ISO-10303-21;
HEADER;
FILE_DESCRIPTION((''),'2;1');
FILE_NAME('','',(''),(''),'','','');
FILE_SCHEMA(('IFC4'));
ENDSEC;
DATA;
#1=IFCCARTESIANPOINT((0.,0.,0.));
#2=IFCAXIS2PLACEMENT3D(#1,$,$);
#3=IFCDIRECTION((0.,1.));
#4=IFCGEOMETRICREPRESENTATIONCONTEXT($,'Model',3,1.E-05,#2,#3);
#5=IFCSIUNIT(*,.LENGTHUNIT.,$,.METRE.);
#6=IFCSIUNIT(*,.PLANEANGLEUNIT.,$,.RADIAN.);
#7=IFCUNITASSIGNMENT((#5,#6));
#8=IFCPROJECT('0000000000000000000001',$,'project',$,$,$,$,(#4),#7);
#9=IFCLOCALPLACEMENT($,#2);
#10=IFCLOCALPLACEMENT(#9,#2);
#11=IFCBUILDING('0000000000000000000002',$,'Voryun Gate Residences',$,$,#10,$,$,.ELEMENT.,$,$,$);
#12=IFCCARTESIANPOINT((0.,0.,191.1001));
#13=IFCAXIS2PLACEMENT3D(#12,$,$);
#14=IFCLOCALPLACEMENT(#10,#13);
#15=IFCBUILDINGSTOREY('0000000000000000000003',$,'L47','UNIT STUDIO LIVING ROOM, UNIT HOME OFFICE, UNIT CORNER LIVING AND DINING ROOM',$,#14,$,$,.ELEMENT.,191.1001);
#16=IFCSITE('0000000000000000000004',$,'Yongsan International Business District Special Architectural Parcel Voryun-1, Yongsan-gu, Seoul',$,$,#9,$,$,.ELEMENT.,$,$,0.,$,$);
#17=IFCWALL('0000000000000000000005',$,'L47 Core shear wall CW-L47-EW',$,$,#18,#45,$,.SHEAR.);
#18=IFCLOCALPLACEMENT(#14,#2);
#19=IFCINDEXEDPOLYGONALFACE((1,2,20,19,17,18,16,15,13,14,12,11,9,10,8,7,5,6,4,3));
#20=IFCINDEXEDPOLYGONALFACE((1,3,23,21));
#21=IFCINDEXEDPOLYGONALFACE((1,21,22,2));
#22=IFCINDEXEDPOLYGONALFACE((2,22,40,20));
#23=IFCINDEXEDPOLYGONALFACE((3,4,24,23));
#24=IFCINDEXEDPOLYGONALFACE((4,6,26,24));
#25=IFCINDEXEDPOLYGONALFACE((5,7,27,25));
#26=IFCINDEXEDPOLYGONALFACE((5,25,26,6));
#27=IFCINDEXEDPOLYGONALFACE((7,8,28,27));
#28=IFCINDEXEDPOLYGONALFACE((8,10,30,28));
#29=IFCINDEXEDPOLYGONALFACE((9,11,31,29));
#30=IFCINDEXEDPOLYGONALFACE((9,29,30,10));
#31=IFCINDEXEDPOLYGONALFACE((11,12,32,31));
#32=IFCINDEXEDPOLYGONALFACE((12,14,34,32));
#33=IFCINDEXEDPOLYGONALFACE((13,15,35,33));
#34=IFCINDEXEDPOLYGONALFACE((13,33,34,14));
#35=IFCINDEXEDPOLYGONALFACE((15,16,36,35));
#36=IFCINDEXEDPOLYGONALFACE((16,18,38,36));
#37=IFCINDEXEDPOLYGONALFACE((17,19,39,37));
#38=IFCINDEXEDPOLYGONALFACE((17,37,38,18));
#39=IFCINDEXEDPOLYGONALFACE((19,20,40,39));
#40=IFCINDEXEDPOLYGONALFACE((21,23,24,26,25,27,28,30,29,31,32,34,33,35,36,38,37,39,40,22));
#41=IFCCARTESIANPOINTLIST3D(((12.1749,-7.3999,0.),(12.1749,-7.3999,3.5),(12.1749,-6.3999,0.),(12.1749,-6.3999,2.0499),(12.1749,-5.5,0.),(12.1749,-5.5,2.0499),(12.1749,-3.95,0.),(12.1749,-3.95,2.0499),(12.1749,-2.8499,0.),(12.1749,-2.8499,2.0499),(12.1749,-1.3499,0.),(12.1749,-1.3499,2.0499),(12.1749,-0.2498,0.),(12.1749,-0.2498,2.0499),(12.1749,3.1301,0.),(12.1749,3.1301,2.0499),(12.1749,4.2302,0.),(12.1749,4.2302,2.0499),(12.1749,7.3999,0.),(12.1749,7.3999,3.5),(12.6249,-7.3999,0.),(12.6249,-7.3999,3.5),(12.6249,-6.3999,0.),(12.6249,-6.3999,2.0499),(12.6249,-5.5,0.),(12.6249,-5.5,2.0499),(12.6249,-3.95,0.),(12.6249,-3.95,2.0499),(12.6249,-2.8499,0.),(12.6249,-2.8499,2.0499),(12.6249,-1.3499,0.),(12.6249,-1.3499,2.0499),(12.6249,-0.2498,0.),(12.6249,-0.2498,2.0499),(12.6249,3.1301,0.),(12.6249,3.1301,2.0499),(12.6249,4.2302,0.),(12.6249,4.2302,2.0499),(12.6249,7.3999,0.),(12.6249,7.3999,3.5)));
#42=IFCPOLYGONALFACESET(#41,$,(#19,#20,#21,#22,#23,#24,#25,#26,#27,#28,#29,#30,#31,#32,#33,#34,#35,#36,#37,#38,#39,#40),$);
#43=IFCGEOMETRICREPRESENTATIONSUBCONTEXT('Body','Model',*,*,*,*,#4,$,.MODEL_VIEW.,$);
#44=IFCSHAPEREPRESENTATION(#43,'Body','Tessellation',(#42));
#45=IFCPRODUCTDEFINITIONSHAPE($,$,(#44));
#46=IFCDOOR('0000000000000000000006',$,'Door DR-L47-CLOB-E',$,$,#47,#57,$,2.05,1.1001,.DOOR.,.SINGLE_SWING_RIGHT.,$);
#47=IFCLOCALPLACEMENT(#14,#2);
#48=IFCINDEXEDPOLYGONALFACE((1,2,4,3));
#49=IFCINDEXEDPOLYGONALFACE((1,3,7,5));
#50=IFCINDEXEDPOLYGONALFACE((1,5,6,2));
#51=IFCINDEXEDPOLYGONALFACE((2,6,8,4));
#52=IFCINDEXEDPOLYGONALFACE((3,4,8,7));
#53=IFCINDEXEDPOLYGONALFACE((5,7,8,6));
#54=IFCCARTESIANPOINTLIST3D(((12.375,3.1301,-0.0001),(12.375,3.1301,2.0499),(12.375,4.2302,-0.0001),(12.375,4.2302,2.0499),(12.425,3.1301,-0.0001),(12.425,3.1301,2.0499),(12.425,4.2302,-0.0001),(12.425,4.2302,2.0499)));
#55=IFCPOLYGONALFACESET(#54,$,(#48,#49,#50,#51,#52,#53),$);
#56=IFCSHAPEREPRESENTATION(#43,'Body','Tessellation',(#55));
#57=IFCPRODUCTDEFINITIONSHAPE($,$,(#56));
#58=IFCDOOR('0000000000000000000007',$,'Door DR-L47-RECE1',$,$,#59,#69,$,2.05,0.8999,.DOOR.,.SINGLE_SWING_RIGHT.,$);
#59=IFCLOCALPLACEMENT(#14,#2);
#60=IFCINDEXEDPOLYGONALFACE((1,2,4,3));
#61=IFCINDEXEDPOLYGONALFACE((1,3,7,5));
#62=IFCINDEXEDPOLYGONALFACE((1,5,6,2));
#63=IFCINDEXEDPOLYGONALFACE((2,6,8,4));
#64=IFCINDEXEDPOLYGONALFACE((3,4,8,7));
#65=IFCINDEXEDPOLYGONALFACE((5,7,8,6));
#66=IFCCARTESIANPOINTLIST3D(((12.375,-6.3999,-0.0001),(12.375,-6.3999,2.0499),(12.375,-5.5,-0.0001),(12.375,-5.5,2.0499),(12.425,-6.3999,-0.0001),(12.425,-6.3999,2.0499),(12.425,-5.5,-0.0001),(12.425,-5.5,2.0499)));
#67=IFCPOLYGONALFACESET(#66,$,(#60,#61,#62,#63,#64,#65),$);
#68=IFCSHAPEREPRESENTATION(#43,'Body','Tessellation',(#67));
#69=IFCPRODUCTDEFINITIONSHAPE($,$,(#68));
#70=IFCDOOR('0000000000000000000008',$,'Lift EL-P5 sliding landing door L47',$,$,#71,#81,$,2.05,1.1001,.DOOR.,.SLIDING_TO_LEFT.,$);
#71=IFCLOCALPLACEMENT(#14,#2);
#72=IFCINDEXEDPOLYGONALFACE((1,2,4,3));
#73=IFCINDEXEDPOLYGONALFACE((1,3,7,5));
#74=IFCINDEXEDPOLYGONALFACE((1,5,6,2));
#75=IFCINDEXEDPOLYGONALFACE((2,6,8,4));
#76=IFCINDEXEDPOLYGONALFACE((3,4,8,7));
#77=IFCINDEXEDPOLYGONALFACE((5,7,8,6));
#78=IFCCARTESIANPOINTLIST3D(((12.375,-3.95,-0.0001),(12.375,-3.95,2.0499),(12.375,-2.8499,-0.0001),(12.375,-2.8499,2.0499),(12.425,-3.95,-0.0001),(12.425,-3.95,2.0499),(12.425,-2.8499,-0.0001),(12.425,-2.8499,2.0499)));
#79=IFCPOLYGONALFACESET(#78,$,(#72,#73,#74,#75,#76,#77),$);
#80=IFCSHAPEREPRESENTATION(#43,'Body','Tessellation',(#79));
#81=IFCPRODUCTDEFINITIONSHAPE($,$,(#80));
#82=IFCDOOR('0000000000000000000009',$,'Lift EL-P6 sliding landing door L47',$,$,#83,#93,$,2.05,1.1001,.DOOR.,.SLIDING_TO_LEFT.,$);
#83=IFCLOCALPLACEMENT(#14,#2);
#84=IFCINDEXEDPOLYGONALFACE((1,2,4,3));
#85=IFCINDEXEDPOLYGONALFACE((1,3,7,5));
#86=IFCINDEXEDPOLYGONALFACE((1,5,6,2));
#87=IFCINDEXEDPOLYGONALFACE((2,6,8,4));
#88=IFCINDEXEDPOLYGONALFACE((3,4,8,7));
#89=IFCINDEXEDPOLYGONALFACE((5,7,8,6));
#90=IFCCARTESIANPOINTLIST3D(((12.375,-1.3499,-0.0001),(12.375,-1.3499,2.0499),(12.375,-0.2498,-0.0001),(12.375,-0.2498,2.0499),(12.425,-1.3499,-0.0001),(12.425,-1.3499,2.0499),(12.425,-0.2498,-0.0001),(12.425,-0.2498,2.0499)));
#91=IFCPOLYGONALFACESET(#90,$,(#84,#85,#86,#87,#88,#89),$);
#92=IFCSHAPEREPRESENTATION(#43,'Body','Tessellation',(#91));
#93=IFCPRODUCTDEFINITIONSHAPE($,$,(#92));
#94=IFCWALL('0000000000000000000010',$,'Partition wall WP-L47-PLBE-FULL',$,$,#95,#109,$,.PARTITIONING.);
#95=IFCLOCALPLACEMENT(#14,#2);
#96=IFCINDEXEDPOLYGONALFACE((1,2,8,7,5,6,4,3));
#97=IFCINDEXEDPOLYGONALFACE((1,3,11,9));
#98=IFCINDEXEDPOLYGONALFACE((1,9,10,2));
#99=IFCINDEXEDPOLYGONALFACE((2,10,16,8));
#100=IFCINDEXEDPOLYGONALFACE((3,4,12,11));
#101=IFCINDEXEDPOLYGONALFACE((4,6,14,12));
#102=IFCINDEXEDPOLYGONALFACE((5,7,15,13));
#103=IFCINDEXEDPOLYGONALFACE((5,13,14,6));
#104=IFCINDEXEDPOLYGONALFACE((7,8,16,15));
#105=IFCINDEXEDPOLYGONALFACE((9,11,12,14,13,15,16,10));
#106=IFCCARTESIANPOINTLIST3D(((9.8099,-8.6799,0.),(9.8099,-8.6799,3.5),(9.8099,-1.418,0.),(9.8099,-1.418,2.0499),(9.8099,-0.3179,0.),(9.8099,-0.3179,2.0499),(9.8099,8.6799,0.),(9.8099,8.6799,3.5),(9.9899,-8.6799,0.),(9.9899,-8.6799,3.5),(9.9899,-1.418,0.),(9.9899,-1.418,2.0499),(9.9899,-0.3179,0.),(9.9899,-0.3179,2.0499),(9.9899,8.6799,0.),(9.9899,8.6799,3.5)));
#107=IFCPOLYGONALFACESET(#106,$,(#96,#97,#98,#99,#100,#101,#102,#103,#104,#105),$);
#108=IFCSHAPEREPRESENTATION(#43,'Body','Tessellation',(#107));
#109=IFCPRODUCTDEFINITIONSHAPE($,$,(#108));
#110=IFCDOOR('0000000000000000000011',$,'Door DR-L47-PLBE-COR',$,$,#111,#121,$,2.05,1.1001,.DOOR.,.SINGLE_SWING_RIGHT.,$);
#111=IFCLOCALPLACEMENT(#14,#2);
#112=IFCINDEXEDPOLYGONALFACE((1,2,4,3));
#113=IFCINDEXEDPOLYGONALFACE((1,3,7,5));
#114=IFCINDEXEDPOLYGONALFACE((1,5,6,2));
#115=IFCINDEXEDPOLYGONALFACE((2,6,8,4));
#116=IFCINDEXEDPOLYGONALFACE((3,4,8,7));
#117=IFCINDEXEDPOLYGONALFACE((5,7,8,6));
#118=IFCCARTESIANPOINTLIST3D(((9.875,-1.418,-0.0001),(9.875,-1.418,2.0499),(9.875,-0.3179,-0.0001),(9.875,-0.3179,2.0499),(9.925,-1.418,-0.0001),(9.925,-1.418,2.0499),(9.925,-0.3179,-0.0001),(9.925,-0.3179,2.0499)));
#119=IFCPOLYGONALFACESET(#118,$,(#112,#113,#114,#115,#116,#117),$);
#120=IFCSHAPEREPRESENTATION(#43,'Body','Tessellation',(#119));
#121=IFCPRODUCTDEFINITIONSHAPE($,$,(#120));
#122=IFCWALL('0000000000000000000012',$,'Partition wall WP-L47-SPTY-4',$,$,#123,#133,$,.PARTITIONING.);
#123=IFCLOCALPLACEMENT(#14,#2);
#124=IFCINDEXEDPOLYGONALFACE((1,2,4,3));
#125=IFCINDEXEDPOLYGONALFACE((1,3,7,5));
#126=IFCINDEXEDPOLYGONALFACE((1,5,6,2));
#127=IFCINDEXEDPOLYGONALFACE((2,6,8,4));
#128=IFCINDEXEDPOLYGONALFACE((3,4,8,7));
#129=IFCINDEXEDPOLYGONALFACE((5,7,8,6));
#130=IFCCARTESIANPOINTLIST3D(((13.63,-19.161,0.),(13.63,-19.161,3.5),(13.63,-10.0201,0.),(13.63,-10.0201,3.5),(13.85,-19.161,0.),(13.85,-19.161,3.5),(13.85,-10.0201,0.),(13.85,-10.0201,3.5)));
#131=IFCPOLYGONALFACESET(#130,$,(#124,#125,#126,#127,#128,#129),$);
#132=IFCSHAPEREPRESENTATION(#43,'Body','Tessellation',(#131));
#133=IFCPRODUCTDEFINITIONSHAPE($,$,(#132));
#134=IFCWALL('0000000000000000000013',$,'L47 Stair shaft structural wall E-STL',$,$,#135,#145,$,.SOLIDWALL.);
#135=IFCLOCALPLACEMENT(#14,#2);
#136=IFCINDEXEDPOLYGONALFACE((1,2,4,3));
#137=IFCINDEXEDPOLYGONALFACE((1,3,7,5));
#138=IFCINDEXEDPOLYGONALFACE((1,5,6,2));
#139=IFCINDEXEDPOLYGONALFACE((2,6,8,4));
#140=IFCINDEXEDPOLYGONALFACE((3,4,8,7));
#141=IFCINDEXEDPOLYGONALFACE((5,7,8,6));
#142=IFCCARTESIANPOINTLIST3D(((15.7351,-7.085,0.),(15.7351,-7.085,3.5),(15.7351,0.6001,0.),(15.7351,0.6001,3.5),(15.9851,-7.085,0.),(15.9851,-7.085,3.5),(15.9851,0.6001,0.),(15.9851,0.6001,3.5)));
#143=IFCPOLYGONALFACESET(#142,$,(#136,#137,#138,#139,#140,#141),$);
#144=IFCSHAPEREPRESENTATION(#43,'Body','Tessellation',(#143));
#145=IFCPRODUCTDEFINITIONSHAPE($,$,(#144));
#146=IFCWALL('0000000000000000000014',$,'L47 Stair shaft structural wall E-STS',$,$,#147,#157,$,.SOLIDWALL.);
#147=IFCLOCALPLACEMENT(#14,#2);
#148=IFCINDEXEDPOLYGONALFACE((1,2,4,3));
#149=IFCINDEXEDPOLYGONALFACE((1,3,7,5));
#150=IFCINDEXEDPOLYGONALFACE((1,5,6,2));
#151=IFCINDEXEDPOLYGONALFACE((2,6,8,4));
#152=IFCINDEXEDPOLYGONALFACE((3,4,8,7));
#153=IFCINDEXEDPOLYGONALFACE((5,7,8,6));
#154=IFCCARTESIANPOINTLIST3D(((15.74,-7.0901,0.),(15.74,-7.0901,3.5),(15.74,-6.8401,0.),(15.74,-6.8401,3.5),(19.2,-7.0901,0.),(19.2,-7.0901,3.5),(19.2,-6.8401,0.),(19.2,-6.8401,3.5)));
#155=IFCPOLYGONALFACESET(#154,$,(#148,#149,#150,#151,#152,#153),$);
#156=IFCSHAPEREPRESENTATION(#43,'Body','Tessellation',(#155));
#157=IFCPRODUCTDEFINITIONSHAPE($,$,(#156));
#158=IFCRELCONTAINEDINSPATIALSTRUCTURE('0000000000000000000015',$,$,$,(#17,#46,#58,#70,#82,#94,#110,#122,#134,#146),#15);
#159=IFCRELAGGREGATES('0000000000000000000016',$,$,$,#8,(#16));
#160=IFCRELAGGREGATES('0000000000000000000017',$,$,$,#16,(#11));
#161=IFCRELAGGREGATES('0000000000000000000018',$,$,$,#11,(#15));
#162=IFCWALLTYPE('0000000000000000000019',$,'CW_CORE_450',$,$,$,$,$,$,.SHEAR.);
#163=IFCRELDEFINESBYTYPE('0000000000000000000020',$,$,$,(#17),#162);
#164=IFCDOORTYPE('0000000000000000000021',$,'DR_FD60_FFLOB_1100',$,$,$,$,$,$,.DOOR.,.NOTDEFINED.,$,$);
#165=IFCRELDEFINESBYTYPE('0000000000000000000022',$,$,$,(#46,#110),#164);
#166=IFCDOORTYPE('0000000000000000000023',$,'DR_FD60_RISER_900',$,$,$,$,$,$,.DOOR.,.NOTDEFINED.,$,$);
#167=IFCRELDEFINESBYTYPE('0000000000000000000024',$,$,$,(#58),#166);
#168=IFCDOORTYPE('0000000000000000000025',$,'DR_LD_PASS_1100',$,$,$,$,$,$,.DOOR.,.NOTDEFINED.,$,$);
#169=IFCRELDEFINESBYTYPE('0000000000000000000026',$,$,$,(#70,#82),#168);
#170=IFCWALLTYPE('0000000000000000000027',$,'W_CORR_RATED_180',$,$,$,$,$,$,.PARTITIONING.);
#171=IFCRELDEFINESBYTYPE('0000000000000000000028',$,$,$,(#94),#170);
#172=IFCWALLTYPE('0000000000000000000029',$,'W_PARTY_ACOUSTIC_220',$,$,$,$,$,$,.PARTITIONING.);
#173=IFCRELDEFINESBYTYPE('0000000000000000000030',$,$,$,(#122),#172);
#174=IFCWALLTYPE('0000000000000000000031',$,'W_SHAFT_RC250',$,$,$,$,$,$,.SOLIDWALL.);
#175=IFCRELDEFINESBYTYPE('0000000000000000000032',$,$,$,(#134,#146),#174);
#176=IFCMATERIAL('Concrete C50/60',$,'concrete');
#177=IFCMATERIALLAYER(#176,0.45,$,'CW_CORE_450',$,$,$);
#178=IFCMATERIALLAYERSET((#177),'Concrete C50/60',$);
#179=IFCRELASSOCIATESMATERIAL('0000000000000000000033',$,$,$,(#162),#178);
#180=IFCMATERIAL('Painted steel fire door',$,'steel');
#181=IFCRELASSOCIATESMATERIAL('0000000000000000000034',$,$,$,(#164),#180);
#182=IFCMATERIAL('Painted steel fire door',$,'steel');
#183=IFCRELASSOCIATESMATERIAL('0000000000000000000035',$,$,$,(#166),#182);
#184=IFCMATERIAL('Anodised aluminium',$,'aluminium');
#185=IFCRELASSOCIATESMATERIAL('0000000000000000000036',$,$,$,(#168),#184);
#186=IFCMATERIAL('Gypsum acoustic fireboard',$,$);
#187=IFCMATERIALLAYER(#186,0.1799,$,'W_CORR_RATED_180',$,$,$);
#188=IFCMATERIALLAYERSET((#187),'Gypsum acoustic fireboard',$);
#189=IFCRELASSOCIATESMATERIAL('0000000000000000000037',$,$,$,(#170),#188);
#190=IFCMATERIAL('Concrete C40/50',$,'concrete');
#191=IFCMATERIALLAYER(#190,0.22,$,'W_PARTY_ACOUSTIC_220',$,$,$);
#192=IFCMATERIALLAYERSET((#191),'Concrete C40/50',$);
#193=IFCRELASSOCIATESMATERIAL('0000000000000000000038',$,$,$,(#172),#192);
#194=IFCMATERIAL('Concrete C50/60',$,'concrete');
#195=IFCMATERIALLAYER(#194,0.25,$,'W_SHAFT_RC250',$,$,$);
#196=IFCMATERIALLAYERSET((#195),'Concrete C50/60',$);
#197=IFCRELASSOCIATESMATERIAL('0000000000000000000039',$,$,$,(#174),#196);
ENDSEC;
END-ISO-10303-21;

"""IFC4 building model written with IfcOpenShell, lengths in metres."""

from ifc_helpers import new_model, si_unit, direction, frame, frame_2d, origin, place, context, subcontext, project, spatial, rectangle, extrude, material, layer, layer_set, type_object, element, fill, save


model = new_model("IFC4")

# Units and contexts
model_context = context("Model", 3, precision=1e-05, world=origin(), true_north=direction((0.0, 1.0)))
body_context = subcontext(model_context, "Body", "Model", "MODEL_VIEW")
ifc_project = project(units=[si_unit("LENGTHUNIT", "METRE"), si_unit("PLANEANGLEUNIT", "RADIAN")], contexts=[model_context])

# Site, building, storey
site_placement = place(None, origin())
site = spatial("IfcSite", under=ifc_project, at=site_placement, Name="Yongsan International Business District Special Architectural Parcel Voryun-1, Yongsan-gu, Seoul", CompositionType="ELEMENT", RefElevation=0.0)
building_placement = place(site_placement, origin())
building = spatial("IfcBuilding", under=site, at=building_placement, Name="Voryun Gate Residences", CompositionType="ELEMENT")
storey_placement = place(building_placement, frame((0.0, 0.0, 191.1001)))
storey = spatial("IfcBuildingStorey", under=building, at=storey_placement, Name="L47", Description="UNIT STUDIO LIVING ROOM, UNIT HOME OFFICE, UNIT CORNER LIVING AND DINING ROOM", CompositionType="ELEMENT", Elevation=191.1001)

# Shared definitions
ifc_material_1 = material(Name="Concrete C50/60", Category="concrete")
ifc_layer_1 = layer(ifc_material_1, 0.45, Name="CW_CORE_450")
ifc_layer_set_1 = layer_set([ifc_layer_1], Name="Concrete C50/60")
wall_type_1 = type_object("IfcWallType", Name="CW_CORE_450", PredefinedType="SHEAR", material=ifc_layer_set_1)

# Wall, openings, doors
wall_1_placement = place(storey_placement, frame((12.3999, -7.3999, 0.0), z_axis=(0.0, 0.0, 1.0), x_axis=(0.0, 1.0, 0.0)))
wall_1 = element("IfcWall", 1, at=wall_1_placement, inside=storey, type_object=wall_type_1, Name="L47 Core shear wall CW-L47-EW", PredefinedType="SHEAR", context=body_context, shape_type="SweptSolid", body=[
    extrude(rectangle(XDim=14.7998, YDim=0.45, at=frame_2d((7.3999, 0.0))), origin(), (0.0, 0.0, 1.0), 3.5),
])
opening_1_placement = place(wall_1_placement, frame((3.45, 0.0, 0.0)))
opening_1 = element("IfcOpeningElement", 2, at=opening_1_placement, cuts=wall_1, PredefinedType="OPENING", context=body_context, shape_type="SweptSolid", body=[
    extrude(rectangle(XDim=1.1001, YDim=2.05, at=frame_2d((0.55, 1.0249))), frame((0.0, 0.2351, 0.0), z_axis=(0.0, -1.0, 0.0), x_axis=(1.0, 0.0, 0.0)), (0.0, 0.0, 1.0), 0.47),
])
opening_2_placement = place(wall_1_placement, frame((6.05, 0.0, 0.0)))
opening_2 = element("IfcOpeningElement", 3, at=opening_2_placement, cuts=wall_1, PredefinedType="OPENING", context=body_context, shape_type="SweptSolid", body=[
    extrude(rectangle(XDim=1.1001, YDim=2.05, at=frame_2d((0.55, 1.0249))), frame((0.0, 0.2351, 0.0), z_axis=(0.0, -1.0, 0.0), x_axis=(1.0, 0.0, 0.0)), (0.0, 0.0, 1.0), 0.47),
])
opening_3_placement = place(wall_1_placement, frame((10.53, 0.0, 0.0)))
opening_3 = element("IfcOpeningElement", 4, at=opening_3_placement, cuts=wall_1, PredefinedType="OPENING", context=body_context, shape_type="SweptSolid", body=[
    extrude(rectangle(XDim=1.1001, YDim=2.05, at=frame_2d((0.55, 1.0249))), frame((0.0, 0.2351, 0.0), z_axis=(0.0, -1.0, 0.0), x_axis=(1.0, 0.0, 0.0)), (0.0, 0.0, 1.0), 0.47),
])
opening_4_placement = place(wall_1_placement, frame((1.0, 0.0, 0.0)))
opening_4 = element("IfcOpeningElement", 5, at=opening_4_placement, cuts=wall_1, PredefinedType="OPENING", context=body_context, shape_type="SweptSolid", body=[
    extrude(rectangle(XDim=0.8999, YDim=2.05, at=frame_2d((0.45, 1.0249))), frame((0.0, 0.2351, 0.0), z_axis=(0.0, -1.0, 0.0), x_axis=(1.0, 0.0, 0.0)), (0.0, 0.0, 1.0), 0.47),
])
ifc_material_2 = material(Name="Painted steel fire door", Category="steel")
door_type_1 = type_object("IfcDoorType", Name="DR_FD60_FFLOB_1100", OperationType="NOTDEFINED", PredefinedType="DOOR", material=ifc_material_2)
door_1_placement = place(opening_3_placement, origin())
door_1 = element("IfcDoor", 6, at=door_1_placement, inside=storey, type_object=door_type_1, Name="Door DR-L47-CLOB-E", OperationType="SINGLE_SWING_RIGHT", OverallHeight=2.05, OverallWidth=1.1001, PredefinedType="DOOR", context=body_context, shape_type="SweptSolid", body=[
    extrude(rectangle(XDim=1.1001, YDim=2.05, at=frame_2d((0.55, 1.0249))), frame((0.0, 0.0249, 0.0), z_axis=(0.0, -1.0, 0.0), x_axis=(1.0, 0.0, 0.0)), (0.0, 0.0, 1.0), 0.05),
])
fill(opening_3, door_1)
ifc_material_3 = material(Name="Painted steel fire door", Category="steel")
door_type_2 = type_object("IfcDoorType", Name="DR_FD60_RISER_900", OperationType="NOTDEFINED", PredefinedType="DOOR", material=ifc_material_3)
door_2_placement = place(opening_4_placement, origin())
door_2 = element("IfcDoor", 7, at=door_2_placement, inside=storey, type_object=door_type_2, Name="Door DR-L47-RECE1", OperationType="SINGLE_SWING_RIGHT", OverallHeight=2.05, OverallWidth=0.8999, PredefinedType="DOOR", context=body_context, shape_type="SweptSolid", body=[
    extrude(rectangle(XDim=0.8999, YDim=2.05, at=frame_2d((0.45, 1.0249))), frame((0.0, 0.0249, 0.0), z_axis=(0.0, -1.0, 0.0), x_axis=(1.0, 0.0, 0.0)), (0.0, 0.0, 1.0), 0.05),
])
fill(opening_4, door_2)
ifc_material_4 = material(Name="Anodised aluminium", Category="aluminium")
door_type_3 = type_object("IfcDoorType", Name="DR_LD_PASS_1100", OperationType="NOTDEFINED", PredefinedType="DOOR", material=ifc_material_4)
door_3_placement = place(opening_1_placement, origin())
door_3 = element("IfcDoor", 8, at=door_3_placement, inside=storey, type_object=door_type_3, Name="Lift EL-P5 sliding landing door L47", OperationType="SLIDING_TO_LEFT", OverallHeight=2.05, OverallWidth=1.1001, PredefinedType="DOOR", context=body_context, shape_type="SweptSolid", body=[
    extrude(rectangle(XDim=1.1001, YDim=2.05, at=frame_2d((0.55, 1.0249))), frame((0.0, 0.0249, 0.0), z_axis=(0.0, -1.0, 0.0), x_axis=(1.0, 0.0, 0.0)), (0.0, 0.0, 1.0), 0.05),
])
fill(opening_1, door_3)
door_4_placement = place(opening_2_placement, origin())
door_4 = element("IfcDoor", 9, at=door_4_placement, inside=storey, type_object=door_type_3, Name="Lift EL-P6 sliding landing door L47", OperationType="SLIDING_TO_LEFT", OverallHeight=2.05, OverallWidth=1.1001, PredefinedType="DOOR", context=body_context, shape_type="SweptSolid", body=[
    extrude(rectangle(XDim=1.1001, YDim=2.05, at=frame_2d((0.55, 1.0249))), frame((0.0, 0.0249, 0.0), z_axis=(0.0, -1.0, 0.0), x_axis=(1.0, 0.0, 0.0)), (0.0, 0.0, 1.0), 0.05),
])
fill(opening_2, door_4)

# Wall, opening, door
ifc_material_5 = material(Name="Gypsum acoustic fireboard")
ifc_layer_2 = layer(ifc_material_5, 0.1799, Name="W_CORR_RATED_180")
ifc_layer_set_2 = layer_set([ifc_layer_2], Name="Gypsum acoustic fireboard")
wall_type_2 = type_object("IfcWallType", Name="W_CORR_RATED_180", PredefinedType="PARTITIONING", material=ifc_layer_set_2)
wall_2_placement = place(storey_placement, frame((9.8999, -8.6799, 0.0), z_axis=(0.0, 0.0, 1.0), x_axis=(0.0, 1.0, 0.0)))
wall_2 = element("IfcWall", 10, at=wall_2_placement, inside=storey, type_object=wall_type_2, Name="Partition wall WP-L47-PLBE-FULL", PredefinedType="PARTITIONING", context=body_context, shape_type="SweptSolid", body=[
    extrude(rectangle(XDim=17.3599, YDim=0.1799, at=frame_2d((8.6799, 0.0))), origin(), (0.0, 0.0, 1.0), 3.5),
])
opening_5_placement = place(wall_2_placement, frame((7.262, 0.0, 0.0)))
opening_5 = element("IfcOpeningElement", 11, at=opening_5_placement, cuts=wall_2, PredefinedType="OPENING", context=body_context, shape_type="SweptSolid", body=[
    extrude(rectangle(XDim=1.1001, YDim=2.05, at=frame_2d((0.55, 1.0249))), frame((0.0, 0.0999, 0.0), z_axis=(0.0, -1.0, 0.0), x_axis=(1.0, 0.0, 0.0)), (0.0, 0.0, 1.0), 0.2),
])
door_5_placement = place(opening_5_placement, origin())
door_5 = element("IfcDoor", 12, at=door_5_placement, inside=storey, type_object=door_type_1, Name="Door DR-L47-PLBE-COR", OperationType="SINGLE_SWING_RIGHT", OverallHeight=2.05, OverallWidth=1.1001, PredefinedType="DOOR", context=body_context, shape_type="SweptSolid", body=[
    extrude(rectangle(XDim=1.1001, YDim=2.05, at=frame_2d((0.55, 1.0249))), frame((0.0, 0.0249, 0.0), z_axis=(0.0, -1.0, 0.0), x_axis=(1.0, 0.0, 0.0)), (0.0, 0.0, 1.0), 0.05),
])
fill(opening_5, door_5)

# Walls
ifc_material_6 = material(Name="Concrete C40/50", Category="concrete")
ifc_layer_3 = layer(ifc_material_6, 0.22, Name="W_PARTY_ACOUSTIC_220")
ifc_layer_set_3 = layer_set([ifc_layer_3], Name="Concrete C40/50")
wall_type_3 = type_object("IfcWallType", Name="W_PARTY_ACOUSTIC_220", PredefinedType="PARTITIONING", material=ifc_layer_set_3)
wall_3_placement = place(storey_placement, frame((13.74, -19.1609, 0.0), z_axis=(0.0, 0.0, 1.0), x_axis=(0.0, 1.0, 0.0)))
element("IfcWall", 13, at=wall_3_placement, inside=storey, type_object=wall_type_3, Name="Partition wall WP-L47-SPTY-4", PredefinedType="PARTITIONING", context=body_context, shape_type="SweptSolid", body=[
    extrude(rectangle(XDim=9.1409, YDim=0.22, at=frame_2d((4.5703, 0.0))), origin(), (0.0, 0.0, 1.0), 3.5),
])
ifc_material_7 = material(Name="Concrete C50/60", Category="concrete")
ifc_layer_4 = layer(ifc_material_7, 0.25, Name="W_SHAFT_RC250")
ifc_layer_set_4 = layer_set([ifc_layer_4], Name="Concrete C50/60")
wall_type_4 = type_object("IfcWallType", Name="W_SHAFT_RC250", PredefinedType="SOLIDWALL", material=ifc_layer_set_4)
wall_4_placement = place(storey_placement, frame((15.8601, -7.085, 0.0), z_axis=(0.0, 0.0, 1.0), x_axis=(0.0, 1.0, 0.0)))
element("IfcWall", 14, at=wall_4_placement, inside=storey, type_object=wall_type_4, Name="L47 Stair shaft structural wall E-STL", PredefinedType="SOLIDWALL", context=body_context, shape_type="SweptSolid", body=[
    extrude(rectangle(XDim=7.6851, YDim=0.25, at=frame_2d((3.8425, 0.0))), origin(), (0.0, 0.0, 1.0), 3.5),
])
wall_5_placement = place(storey_placement, frame((15.74, -6.9651, 0.0), z_axis=(0.0, 0.0, 1.0), x_axis=(1.0, 0.0, 0.0)))
element("IfcWall", 15, at=wall_5_placement, inside=storey, type_object=wall_type_4, Name="L47 Stair shaft structural wall E-STS", PredefinedType="SOLIDWALL", context=body_context, shape_type="SweptSolid", body=[
    extrude(rectangle(XDim=3.46, YDim=0.25, at=frame_2d((1.73, 0.0))), origin(), (0.0, 0.0, 1.0), 3.5),
])

save(model, "model.ifc")
